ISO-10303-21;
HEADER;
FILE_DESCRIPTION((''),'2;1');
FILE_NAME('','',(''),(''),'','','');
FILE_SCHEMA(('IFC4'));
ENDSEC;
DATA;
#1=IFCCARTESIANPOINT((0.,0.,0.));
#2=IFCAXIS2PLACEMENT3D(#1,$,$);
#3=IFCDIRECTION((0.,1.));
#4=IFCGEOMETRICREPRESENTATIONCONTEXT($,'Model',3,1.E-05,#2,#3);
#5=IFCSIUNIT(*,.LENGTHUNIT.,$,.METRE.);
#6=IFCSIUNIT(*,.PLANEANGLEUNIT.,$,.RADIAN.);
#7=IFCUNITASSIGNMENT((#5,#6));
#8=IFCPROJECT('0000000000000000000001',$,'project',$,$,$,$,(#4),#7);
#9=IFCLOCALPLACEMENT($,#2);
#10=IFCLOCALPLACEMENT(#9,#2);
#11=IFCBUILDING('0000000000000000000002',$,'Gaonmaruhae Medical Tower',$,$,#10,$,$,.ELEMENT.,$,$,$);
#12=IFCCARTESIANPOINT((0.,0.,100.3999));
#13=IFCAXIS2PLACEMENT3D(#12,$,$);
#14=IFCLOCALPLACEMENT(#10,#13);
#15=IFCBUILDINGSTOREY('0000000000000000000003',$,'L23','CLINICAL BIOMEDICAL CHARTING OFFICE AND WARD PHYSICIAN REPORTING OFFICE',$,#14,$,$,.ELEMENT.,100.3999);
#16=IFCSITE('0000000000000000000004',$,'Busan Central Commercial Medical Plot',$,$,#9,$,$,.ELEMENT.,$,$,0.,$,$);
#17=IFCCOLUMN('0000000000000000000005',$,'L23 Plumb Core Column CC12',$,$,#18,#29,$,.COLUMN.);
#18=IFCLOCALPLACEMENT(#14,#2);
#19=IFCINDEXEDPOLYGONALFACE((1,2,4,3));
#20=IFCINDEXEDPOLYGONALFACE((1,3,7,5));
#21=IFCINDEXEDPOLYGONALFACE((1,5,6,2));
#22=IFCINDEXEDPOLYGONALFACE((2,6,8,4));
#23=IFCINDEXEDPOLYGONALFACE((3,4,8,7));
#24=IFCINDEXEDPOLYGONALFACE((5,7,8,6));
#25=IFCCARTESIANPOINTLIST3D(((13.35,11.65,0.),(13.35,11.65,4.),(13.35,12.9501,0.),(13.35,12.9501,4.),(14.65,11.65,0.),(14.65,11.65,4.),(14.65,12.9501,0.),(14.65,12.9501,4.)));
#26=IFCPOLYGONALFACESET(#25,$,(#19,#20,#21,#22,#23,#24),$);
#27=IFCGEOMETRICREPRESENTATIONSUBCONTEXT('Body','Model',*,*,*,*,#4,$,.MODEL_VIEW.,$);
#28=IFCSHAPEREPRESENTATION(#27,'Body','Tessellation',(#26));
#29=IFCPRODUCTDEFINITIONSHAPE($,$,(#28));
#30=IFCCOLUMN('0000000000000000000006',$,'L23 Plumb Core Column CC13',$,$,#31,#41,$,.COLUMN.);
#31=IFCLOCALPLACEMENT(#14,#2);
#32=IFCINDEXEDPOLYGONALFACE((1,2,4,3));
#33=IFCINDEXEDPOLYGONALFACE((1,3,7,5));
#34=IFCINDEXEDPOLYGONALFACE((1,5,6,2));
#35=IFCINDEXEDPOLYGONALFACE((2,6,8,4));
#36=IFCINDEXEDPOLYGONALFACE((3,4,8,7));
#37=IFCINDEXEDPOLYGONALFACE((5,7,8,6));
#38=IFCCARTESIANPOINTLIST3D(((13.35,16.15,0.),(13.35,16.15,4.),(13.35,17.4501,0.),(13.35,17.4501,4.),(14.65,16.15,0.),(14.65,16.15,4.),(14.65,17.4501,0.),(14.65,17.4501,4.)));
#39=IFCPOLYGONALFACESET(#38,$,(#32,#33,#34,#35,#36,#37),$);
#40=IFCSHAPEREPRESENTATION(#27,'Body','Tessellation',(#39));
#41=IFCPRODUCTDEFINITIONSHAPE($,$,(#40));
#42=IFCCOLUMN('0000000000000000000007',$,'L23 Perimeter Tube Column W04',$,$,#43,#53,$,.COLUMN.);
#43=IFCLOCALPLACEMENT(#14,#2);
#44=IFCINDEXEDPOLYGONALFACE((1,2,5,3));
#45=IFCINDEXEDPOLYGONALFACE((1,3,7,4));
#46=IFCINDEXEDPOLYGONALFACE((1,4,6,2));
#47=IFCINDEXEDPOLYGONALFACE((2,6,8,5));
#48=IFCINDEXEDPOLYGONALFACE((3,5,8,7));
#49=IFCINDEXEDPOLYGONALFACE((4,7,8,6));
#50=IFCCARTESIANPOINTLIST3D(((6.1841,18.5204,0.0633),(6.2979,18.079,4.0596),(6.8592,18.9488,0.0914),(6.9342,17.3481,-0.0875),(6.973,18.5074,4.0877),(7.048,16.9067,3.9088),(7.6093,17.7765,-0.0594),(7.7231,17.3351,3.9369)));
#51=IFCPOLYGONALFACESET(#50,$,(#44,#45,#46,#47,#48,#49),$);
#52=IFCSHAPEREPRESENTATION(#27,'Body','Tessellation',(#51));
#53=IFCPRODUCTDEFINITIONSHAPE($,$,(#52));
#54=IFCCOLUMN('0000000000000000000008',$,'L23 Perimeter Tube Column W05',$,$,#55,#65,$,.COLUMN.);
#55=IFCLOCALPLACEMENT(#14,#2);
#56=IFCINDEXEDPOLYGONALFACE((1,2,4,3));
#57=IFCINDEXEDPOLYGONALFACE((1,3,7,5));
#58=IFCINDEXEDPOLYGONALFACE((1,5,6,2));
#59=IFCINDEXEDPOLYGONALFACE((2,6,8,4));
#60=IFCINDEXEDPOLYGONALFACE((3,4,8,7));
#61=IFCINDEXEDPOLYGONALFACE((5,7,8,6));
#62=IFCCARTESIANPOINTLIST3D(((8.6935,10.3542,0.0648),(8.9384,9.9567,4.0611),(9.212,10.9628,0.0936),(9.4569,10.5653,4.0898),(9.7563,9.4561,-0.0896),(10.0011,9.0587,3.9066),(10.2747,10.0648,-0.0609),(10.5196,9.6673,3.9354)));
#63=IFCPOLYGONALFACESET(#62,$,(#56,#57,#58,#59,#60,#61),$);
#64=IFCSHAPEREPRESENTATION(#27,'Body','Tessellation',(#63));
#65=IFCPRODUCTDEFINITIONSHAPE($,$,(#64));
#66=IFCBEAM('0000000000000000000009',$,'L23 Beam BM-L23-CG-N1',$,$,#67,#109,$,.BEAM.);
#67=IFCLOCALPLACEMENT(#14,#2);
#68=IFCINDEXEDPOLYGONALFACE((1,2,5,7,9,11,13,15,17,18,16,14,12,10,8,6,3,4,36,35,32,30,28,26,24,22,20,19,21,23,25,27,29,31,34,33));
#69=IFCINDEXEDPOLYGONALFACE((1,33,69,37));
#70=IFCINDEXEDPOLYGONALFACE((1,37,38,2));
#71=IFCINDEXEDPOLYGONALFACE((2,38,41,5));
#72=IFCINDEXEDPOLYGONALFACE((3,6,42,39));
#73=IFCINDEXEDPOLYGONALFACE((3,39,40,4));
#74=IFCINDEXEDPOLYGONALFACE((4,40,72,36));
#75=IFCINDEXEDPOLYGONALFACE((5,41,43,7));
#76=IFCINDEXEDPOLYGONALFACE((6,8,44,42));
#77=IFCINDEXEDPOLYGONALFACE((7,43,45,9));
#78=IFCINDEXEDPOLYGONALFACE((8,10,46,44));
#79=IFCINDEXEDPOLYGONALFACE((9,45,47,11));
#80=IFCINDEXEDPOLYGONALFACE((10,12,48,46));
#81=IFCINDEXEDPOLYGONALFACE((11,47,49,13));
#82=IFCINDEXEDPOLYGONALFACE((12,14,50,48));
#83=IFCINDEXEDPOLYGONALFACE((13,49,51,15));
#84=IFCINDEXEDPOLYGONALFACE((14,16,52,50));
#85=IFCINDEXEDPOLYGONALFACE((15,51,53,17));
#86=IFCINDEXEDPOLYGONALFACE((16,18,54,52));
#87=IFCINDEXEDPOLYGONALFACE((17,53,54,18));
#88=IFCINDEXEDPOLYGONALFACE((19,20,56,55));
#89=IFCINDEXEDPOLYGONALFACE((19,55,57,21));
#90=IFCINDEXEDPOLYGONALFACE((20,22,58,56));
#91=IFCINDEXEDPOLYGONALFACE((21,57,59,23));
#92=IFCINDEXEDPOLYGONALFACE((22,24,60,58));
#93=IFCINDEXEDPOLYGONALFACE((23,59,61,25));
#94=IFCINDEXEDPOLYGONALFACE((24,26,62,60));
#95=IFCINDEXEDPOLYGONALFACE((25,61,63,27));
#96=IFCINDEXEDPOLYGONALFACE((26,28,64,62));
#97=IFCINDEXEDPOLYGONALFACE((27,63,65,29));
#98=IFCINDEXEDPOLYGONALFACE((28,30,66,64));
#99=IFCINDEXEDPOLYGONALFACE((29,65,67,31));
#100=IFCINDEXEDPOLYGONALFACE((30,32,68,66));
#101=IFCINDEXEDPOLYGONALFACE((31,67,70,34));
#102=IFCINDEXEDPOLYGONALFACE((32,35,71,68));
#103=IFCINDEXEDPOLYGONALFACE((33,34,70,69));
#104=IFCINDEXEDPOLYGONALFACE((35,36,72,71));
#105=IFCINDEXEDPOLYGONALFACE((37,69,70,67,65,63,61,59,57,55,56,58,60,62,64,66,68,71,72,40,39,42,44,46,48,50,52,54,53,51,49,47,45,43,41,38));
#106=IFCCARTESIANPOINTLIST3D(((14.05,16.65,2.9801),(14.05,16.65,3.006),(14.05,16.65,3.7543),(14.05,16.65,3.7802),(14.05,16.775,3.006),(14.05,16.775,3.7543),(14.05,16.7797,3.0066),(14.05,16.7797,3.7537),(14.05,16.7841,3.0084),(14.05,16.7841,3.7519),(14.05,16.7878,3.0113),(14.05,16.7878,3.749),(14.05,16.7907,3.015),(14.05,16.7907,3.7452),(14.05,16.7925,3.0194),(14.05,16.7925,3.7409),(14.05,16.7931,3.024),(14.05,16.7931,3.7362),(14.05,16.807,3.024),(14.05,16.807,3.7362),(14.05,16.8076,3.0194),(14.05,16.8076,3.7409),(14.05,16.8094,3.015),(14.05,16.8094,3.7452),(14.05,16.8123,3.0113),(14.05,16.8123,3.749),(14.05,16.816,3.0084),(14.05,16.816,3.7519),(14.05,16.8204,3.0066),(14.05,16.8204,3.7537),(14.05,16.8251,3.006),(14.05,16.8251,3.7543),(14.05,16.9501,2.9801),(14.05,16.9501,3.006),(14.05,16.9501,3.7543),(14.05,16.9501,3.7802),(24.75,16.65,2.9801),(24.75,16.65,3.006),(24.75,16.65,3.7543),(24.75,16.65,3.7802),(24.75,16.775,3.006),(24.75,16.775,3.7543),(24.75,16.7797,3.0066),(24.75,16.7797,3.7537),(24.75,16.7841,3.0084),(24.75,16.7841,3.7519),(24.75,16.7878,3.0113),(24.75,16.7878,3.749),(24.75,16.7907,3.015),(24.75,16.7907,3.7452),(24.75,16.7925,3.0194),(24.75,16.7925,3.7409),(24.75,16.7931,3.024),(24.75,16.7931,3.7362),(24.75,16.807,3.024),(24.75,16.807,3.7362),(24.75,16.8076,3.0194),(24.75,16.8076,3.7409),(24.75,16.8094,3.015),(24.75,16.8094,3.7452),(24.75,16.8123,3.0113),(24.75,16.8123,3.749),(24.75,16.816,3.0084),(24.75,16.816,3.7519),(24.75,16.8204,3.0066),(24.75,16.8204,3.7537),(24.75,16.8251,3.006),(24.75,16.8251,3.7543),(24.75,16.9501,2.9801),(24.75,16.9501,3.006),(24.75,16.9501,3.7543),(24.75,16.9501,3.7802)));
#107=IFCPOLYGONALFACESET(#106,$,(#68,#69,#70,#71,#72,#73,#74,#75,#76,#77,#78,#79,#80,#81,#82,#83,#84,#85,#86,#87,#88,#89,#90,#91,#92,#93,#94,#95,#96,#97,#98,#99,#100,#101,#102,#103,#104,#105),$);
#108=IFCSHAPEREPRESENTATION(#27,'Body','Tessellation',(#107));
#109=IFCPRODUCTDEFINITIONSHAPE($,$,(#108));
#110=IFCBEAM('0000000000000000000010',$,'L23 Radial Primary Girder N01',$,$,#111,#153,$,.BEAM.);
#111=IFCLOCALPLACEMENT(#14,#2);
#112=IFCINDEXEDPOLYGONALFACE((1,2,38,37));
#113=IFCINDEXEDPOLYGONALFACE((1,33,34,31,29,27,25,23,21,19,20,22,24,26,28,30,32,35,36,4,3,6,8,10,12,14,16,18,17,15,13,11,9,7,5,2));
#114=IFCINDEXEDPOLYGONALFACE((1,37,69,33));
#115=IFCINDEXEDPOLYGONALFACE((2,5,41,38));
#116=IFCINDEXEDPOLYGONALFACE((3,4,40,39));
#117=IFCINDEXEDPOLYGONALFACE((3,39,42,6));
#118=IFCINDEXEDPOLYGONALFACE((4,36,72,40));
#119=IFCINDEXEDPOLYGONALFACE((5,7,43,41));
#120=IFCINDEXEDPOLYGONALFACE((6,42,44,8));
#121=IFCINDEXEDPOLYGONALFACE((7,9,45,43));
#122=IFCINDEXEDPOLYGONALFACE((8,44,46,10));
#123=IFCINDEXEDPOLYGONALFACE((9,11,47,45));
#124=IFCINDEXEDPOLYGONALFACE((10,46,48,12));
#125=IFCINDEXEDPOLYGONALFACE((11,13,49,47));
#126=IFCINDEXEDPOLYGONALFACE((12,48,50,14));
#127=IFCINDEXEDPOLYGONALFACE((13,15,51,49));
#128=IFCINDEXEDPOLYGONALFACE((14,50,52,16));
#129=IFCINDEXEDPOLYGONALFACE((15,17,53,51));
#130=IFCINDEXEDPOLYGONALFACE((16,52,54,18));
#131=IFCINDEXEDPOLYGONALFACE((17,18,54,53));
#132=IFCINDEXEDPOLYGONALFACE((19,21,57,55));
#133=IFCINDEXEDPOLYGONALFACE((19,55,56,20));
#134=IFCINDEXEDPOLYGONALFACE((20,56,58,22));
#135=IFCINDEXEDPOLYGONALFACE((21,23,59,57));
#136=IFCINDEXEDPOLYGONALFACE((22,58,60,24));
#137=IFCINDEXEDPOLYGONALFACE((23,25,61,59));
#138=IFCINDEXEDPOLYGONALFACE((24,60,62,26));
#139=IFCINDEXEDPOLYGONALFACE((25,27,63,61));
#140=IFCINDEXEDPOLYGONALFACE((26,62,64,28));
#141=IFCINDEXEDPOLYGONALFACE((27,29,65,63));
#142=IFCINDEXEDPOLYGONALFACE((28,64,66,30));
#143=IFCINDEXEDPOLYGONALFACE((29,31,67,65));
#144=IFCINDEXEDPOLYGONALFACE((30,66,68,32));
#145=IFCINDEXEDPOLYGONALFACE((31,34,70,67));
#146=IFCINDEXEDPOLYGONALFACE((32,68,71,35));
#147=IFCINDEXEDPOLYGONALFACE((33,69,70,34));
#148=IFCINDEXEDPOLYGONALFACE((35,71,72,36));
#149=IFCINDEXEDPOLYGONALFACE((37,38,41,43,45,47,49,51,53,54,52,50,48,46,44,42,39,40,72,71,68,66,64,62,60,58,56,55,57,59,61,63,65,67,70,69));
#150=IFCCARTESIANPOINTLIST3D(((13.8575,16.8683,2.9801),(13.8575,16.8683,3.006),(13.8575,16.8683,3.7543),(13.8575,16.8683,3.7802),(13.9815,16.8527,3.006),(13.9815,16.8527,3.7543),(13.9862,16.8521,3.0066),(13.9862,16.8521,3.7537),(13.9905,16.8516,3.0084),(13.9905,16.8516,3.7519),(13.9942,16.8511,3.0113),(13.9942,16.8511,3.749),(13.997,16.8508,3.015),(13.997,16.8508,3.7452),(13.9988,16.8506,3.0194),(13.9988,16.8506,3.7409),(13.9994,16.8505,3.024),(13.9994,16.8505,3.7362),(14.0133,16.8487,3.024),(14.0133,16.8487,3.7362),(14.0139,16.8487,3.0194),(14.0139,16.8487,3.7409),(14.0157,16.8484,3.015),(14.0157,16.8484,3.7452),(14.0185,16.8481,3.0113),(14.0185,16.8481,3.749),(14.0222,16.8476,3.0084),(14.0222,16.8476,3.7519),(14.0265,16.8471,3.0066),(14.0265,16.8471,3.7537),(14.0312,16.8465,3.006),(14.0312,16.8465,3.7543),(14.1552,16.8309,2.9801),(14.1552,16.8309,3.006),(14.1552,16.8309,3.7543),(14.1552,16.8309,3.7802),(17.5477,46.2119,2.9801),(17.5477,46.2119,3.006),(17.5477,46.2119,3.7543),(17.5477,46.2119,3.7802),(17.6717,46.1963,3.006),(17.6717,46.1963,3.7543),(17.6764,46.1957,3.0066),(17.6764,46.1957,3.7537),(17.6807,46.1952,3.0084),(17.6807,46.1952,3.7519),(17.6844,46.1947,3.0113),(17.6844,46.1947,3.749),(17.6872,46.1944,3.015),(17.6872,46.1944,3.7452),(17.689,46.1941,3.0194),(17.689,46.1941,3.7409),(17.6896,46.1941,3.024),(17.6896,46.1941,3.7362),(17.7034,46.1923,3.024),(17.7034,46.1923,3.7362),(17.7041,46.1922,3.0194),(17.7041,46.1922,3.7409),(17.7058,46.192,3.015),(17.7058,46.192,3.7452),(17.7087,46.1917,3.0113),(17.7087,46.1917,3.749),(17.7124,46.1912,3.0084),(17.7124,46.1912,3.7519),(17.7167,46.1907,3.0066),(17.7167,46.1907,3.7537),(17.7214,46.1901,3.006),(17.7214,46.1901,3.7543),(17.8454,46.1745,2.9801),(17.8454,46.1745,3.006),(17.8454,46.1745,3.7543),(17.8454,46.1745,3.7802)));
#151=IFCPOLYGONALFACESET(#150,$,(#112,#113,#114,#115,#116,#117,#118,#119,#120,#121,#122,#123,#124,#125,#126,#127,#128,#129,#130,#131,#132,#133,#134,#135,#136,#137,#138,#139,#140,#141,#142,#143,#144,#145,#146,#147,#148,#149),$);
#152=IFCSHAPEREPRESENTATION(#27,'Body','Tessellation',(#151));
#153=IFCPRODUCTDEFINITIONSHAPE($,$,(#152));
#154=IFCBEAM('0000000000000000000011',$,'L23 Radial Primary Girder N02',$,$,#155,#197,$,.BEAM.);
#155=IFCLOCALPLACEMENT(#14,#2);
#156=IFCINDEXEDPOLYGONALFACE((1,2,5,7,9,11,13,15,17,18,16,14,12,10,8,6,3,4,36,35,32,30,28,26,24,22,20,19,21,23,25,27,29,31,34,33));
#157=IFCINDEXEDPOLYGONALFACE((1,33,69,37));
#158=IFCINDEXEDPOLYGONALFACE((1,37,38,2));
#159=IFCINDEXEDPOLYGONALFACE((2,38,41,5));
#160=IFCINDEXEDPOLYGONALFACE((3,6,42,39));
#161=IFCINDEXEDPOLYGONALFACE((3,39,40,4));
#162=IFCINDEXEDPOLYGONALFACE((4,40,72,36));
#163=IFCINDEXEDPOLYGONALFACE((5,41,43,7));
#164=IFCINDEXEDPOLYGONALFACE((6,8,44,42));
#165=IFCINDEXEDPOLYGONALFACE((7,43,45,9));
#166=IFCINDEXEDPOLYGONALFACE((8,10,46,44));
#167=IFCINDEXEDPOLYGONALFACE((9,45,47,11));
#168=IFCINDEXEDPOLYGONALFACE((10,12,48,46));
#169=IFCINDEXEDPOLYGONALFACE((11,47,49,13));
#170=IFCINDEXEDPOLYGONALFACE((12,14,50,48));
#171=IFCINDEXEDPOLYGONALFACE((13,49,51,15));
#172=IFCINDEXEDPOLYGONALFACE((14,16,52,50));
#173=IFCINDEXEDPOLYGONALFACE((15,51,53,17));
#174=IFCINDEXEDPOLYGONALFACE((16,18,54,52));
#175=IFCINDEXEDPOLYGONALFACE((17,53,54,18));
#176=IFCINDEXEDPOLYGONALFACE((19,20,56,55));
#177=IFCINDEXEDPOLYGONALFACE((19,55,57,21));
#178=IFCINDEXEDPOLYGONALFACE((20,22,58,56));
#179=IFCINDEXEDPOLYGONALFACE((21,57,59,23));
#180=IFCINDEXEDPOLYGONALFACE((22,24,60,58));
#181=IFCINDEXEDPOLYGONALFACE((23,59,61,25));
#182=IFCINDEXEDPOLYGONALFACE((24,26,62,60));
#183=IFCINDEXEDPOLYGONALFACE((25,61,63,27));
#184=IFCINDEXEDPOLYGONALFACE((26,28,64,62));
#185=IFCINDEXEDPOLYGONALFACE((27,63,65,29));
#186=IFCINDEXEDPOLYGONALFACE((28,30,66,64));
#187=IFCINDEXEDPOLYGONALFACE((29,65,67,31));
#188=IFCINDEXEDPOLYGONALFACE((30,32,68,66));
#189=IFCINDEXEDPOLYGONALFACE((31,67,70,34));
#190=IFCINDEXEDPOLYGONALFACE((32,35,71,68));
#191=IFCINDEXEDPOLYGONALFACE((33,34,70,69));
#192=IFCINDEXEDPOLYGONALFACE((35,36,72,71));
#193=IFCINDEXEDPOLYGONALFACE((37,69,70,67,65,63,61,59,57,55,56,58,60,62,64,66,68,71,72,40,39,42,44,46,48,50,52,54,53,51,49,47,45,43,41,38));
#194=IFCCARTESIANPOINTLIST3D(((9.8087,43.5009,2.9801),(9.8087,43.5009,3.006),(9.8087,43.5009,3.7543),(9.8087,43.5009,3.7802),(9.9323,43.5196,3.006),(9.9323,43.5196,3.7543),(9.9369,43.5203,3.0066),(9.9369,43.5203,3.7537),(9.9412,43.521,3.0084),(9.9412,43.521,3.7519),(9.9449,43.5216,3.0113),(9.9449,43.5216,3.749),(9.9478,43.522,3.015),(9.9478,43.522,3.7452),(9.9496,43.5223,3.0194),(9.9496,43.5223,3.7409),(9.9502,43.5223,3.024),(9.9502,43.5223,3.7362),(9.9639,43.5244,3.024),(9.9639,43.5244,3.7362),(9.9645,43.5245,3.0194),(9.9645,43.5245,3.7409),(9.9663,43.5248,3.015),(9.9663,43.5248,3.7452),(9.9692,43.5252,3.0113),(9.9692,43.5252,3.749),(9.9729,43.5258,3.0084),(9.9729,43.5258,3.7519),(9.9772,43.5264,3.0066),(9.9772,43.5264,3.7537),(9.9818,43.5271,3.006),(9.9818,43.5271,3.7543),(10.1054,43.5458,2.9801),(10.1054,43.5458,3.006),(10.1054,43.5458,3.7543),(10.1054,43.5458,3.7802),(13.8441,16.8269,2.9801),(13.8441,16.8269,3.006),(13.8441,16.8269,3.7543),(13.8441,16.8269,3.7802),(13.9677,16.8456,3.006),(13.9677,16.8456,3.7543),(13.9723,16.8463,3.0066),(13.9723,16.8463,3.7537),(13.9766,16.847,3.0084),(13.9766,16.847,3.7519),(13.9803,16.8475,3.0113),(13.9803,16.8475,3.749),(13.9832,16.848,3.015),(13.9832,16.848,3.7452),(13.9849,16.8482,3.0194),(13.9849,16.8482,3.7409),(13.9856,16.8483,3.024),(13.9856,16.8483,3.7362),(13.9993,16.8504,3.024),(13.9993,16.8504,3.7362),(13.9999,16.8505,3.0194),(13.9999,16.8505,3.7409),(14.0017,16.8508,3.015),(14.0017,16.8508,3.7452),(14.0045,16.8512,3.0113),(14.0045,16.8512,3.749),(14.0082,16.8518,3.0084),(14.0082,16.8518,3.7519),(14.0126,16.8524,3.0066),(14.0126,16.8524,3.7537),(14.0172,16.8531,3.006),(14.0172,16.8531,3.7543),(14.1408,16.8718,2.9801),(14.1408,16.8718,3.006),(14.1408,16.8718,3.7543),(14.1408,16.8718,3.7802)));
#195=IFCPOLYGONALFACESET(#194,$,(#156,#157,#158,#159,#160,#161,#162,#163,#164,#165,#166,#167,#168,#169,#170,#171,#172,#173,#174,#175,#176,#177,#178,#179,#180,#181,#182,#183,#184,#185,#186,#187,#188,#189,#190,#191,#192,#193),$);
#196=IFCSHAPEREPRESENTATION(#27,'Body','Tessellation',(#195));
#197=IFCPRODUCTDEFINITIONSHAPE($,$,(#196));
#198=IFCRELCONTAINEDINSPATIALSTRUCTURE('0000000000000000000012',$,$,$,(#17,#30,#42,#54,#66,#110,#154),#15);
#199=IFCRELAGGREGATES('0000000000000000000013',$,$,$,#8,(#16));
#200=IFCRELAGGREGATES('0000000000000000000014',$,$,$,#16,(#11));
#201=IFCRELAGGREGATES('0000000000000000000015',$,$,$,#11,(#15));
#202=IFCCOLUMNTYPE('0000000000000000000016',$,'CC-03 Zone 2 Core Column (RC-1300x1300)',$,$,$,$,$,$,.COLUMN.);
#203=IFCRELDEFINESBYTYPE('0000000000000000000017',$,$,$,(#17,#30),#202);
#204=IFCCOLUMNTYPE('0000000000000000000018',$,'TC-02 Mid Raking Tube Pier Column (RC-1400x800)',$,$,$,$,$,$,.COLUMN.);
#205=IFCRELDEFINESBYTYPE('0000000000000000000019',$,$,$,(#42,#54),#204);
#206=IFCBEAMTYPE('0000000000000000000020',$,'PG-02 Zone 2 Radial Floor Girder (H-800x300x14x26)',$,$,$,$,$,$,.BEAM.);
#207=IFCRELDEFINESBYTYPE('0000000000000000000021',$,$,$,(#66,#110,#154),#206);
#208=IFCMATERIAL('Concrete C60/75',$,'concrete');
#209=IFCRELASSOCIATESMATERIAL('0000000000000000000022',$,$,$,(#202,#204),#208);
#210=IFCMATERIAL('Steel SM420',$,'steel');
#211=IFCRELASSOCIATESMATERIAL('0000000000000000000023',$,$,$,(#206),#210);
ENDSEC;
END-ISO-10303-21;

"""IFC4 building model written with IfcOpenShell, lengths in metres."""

from ifc_helpers import new_model, si_unit, direction, frame, origin, origin_2d, place, context, subcontext, project, spatial, rectangle, i_section, extrude, material, material_profile, profile_set, type_object, element, save


model = new_model("IFC4")

# Units and contexts
model_context = context("Model", 3, precision=1e-05, world=origin(), true_north=direction((0.0, 1.0)))
body_context = subcontext(model_context, "Body", "Model", "MODEL_VIEW")
ifc_project = project(units=[si_unit("LENGTHUNIT", "METRE"), si_unit("PLANEANGLEUNIT", "RADIAN")], contexts=[model_context])

# Site, building, storey
site_placement = place(None, origin())
site = spatial("IfcSite", under=ifc_project, at=site_placement, Name="Busan Central Commercial Medical Plot", CompositionType="ELEMENT", RefElevation=0.0)
building_placement = place(site_placement, origin())
building = spatial("IfcBuilding", under=site, at=building_placement, Name="Gaonmaruhae Medical Tower", CompositionType="ELEMENT")
storey_placement = place(building_placement, frame((0.0, 0.0, 100.3999)))
storey = spatial("IfcBuildingStorey", under=building, at=storey_placement, Name="L23", Description="CLINICAL BIOMEDICAL CHARTING OFFICE AND WARD PHYSICIAN REPORTING OFFICE", CompositionType="ELEMENT", Elevation=100.3999)

# Columns
ifc_material_1 = material(Name="Concrete C60/75", Category="concrete")
ifc_material_profile_1 = material_profile(ifc_material_1, rectangle(XDim=1.3, YDim=1.3, at=origin_2d()), Name="RC-1300x1300")
ifc_profile_set_1 = profile_set([ifc_material_profile_1], Name="Concrete C60/75")
column_type_1 = type_object("IfcColumnType", Name="CC-03 Zone 2 Core Column (RC-1300x1300)", PredefinedType="COLUMN", material=ifc_profile_set_1)
for number, where, z_axis, x_axis, name in (
    (1, (14.0, 12.3, 0.0), (0.0, 0.0, 1.0), (1.0, 0.0, 0.0), "L23 Plumb Core Column CC12"),
    (2, (14.0, 16.8, 0.0), (0.0, 0.0, 1.0), (1.0, 0.0, 0.0), "L23 Plumb Core Column CC13"),
):
    element("IfcColumn", number, at=place(storey_placement, frame(where, z_axis=z_axis, x_axis=x_axis)), inside=storey, type_object=column_type_1, Name=name, PredefinedType="COLUMN", context=body_context, shape_type="SweptSolid", body=[
        extrude(rectangle(XDim=1.3, YDim=1.3, at=origin_2d()), origin(), (0.0, 0.0, 1.0), 4.0),
    ])
ifc_material_profile_2 = material_profile(ifc_material_1, rectangle(XDim=1.3999, YDim=0.8, at=origin_2d()), Name="RC-1400x800")
ifc_profile_set_2 = profile_set([ifc_material_profile_2], Name="Concrete C60/75")
column_type_2 = type_object("IfcColumnType", Name="TC-02 Mid Raking Tube Pier Column (RC-1400x800)", PredefinedType="COLUMN", material=ifc_profile_set_2)
column_1_placement = place(storey_placement, frame((6.8967, 18.1484, 0.002), z_axis=(0.028285, -0.109741, 0.993558), x_axis=(-0.535816, 0.837431, 0.10775)))
element("IfcColumn", 3, at=column_1_placement, inside=storey, type_object=column_type_2, Name="L23 Perimeter Tube Column W04", PredefinedType="COLUMN", context=body_context, shape_type="SweptSolid", body=[
    extrude(rectangle(XDim=1.3999, YDim=0.8, at=origin_2d()), origin(), (0.0, 0.0, 1.0), 4.0222),
])
column_2_placement = place(storey_placement, frame((9.4841, 10.2095, 0.002), z_axis=(0.060861, -0.098785, 0.993246), x_axis=(-0.759153, 0.641496, 0.110317)))
element("IfcColumn", 4, at=column_2_placement, inside=storey, type_object=column_type_2, Name="L23 Perimeter Tube Column W05", PredefinedType="COLUMN", context=body_context, shape_type="SweptSolid", body=[
    extrude(rectangle(XDim=1.3999, YDim=0.8, at=origin_2d()), origin(), (0.0, 0.0, 1.0), 4.0234),
])

# Beams
ifc_material_2 = material(Name="Steel SM420", Category="steel")
ifc_material_profile_3 = material_profile(ifc_material_2, i_section(OverallWidth=0.3, OverallDepth=0.8, WebThickness=0.0139, FlangeThickness=0.0259, FilletRadius=0.0181, at=origin_2d()), Name="H-800x300x14x26")
ifc_profile_set_3 = profile_set([ifc_material_profile_3], Name="Steel SM420")
beam_type_1 = type_object("IfcBeamType", Name="PG-02 Zone 2 Radial Floor Girder (H-800x300x14x26)", PredefinedType="BEAM", material=ifc_profile_set_3)
beam_1_placement = place(storey_placement, frame((14.05, 16.8, 3.3801), z_axis=(1.0, 0.0, 0.0), x_axis=(0.0, 1.0, 0.0)))
element("IfcBeam", 5, at=beam_1_placement, inside=storey, type_object=beam_type_1, Name="L23 Beam BM-L23-CG-N1", PredefinedType="BEAM", context=body_context, shape_type="SweptSolid", body=[
    extrude(i_section(OverallWidth=0.3, OverallDepth=0.8, WebThickness=0.0139, FlangeThickness=0.0259, FilletRadius=0.0181, at=origin_2d()), origin(), (0.0, 0.0, 1.0), 10.7),
])
beam_2_placement = place(storey_placement, frame((14.0063, 16.8496, 3.3801), z_axis=(0.124775, 0.992185, 0.0), x_axis=(-0.992185, 0.124775, 0.0)))
element("IfcBeam", 6, at=beam_2_placement, inside=storey, type_object=beam_type_1, Name="L23 Radial Primary Girder N01", PredefinedType="BEAM", context=body_context, shape_type="SweptSolid", body=[
    extrude(i_section(OverallWidth=0.3, OverallDepth=0.8, WebThickness=0.0139, FlangeThickness=0.0259, FilletRadius=0.0181, at=origin_2d()), origin(), (0.0, 0.0, 1.0), 29.5747),
])
beam_3_placement = place(storey_placement, frame((13.9924, 16.8494, 3.3801), z_axis=(-0.149583, 0.988749, 0.0), x_axis=(-0.988749, -0.149583, 0.0)))
element("IfcBeam", 7, at=beam_3_placement, inside=storey, type_object=beam_type_1, Name="L23 Radial Primary Girder N02", PredefinedType="BEAM", context=body_context, shape_type="SweptSolid", body=[
    extrude(i_section(OverallWidth=0.3, OverallDepth=0.8, WebThickness=0.0139, FlangeThickness=0.0259, FilletRadius=0.0181, at=origin_2d()), origin(), (0.0, 0.0, 1.0), 26.9775),
])

save(model, "model.ifc")
